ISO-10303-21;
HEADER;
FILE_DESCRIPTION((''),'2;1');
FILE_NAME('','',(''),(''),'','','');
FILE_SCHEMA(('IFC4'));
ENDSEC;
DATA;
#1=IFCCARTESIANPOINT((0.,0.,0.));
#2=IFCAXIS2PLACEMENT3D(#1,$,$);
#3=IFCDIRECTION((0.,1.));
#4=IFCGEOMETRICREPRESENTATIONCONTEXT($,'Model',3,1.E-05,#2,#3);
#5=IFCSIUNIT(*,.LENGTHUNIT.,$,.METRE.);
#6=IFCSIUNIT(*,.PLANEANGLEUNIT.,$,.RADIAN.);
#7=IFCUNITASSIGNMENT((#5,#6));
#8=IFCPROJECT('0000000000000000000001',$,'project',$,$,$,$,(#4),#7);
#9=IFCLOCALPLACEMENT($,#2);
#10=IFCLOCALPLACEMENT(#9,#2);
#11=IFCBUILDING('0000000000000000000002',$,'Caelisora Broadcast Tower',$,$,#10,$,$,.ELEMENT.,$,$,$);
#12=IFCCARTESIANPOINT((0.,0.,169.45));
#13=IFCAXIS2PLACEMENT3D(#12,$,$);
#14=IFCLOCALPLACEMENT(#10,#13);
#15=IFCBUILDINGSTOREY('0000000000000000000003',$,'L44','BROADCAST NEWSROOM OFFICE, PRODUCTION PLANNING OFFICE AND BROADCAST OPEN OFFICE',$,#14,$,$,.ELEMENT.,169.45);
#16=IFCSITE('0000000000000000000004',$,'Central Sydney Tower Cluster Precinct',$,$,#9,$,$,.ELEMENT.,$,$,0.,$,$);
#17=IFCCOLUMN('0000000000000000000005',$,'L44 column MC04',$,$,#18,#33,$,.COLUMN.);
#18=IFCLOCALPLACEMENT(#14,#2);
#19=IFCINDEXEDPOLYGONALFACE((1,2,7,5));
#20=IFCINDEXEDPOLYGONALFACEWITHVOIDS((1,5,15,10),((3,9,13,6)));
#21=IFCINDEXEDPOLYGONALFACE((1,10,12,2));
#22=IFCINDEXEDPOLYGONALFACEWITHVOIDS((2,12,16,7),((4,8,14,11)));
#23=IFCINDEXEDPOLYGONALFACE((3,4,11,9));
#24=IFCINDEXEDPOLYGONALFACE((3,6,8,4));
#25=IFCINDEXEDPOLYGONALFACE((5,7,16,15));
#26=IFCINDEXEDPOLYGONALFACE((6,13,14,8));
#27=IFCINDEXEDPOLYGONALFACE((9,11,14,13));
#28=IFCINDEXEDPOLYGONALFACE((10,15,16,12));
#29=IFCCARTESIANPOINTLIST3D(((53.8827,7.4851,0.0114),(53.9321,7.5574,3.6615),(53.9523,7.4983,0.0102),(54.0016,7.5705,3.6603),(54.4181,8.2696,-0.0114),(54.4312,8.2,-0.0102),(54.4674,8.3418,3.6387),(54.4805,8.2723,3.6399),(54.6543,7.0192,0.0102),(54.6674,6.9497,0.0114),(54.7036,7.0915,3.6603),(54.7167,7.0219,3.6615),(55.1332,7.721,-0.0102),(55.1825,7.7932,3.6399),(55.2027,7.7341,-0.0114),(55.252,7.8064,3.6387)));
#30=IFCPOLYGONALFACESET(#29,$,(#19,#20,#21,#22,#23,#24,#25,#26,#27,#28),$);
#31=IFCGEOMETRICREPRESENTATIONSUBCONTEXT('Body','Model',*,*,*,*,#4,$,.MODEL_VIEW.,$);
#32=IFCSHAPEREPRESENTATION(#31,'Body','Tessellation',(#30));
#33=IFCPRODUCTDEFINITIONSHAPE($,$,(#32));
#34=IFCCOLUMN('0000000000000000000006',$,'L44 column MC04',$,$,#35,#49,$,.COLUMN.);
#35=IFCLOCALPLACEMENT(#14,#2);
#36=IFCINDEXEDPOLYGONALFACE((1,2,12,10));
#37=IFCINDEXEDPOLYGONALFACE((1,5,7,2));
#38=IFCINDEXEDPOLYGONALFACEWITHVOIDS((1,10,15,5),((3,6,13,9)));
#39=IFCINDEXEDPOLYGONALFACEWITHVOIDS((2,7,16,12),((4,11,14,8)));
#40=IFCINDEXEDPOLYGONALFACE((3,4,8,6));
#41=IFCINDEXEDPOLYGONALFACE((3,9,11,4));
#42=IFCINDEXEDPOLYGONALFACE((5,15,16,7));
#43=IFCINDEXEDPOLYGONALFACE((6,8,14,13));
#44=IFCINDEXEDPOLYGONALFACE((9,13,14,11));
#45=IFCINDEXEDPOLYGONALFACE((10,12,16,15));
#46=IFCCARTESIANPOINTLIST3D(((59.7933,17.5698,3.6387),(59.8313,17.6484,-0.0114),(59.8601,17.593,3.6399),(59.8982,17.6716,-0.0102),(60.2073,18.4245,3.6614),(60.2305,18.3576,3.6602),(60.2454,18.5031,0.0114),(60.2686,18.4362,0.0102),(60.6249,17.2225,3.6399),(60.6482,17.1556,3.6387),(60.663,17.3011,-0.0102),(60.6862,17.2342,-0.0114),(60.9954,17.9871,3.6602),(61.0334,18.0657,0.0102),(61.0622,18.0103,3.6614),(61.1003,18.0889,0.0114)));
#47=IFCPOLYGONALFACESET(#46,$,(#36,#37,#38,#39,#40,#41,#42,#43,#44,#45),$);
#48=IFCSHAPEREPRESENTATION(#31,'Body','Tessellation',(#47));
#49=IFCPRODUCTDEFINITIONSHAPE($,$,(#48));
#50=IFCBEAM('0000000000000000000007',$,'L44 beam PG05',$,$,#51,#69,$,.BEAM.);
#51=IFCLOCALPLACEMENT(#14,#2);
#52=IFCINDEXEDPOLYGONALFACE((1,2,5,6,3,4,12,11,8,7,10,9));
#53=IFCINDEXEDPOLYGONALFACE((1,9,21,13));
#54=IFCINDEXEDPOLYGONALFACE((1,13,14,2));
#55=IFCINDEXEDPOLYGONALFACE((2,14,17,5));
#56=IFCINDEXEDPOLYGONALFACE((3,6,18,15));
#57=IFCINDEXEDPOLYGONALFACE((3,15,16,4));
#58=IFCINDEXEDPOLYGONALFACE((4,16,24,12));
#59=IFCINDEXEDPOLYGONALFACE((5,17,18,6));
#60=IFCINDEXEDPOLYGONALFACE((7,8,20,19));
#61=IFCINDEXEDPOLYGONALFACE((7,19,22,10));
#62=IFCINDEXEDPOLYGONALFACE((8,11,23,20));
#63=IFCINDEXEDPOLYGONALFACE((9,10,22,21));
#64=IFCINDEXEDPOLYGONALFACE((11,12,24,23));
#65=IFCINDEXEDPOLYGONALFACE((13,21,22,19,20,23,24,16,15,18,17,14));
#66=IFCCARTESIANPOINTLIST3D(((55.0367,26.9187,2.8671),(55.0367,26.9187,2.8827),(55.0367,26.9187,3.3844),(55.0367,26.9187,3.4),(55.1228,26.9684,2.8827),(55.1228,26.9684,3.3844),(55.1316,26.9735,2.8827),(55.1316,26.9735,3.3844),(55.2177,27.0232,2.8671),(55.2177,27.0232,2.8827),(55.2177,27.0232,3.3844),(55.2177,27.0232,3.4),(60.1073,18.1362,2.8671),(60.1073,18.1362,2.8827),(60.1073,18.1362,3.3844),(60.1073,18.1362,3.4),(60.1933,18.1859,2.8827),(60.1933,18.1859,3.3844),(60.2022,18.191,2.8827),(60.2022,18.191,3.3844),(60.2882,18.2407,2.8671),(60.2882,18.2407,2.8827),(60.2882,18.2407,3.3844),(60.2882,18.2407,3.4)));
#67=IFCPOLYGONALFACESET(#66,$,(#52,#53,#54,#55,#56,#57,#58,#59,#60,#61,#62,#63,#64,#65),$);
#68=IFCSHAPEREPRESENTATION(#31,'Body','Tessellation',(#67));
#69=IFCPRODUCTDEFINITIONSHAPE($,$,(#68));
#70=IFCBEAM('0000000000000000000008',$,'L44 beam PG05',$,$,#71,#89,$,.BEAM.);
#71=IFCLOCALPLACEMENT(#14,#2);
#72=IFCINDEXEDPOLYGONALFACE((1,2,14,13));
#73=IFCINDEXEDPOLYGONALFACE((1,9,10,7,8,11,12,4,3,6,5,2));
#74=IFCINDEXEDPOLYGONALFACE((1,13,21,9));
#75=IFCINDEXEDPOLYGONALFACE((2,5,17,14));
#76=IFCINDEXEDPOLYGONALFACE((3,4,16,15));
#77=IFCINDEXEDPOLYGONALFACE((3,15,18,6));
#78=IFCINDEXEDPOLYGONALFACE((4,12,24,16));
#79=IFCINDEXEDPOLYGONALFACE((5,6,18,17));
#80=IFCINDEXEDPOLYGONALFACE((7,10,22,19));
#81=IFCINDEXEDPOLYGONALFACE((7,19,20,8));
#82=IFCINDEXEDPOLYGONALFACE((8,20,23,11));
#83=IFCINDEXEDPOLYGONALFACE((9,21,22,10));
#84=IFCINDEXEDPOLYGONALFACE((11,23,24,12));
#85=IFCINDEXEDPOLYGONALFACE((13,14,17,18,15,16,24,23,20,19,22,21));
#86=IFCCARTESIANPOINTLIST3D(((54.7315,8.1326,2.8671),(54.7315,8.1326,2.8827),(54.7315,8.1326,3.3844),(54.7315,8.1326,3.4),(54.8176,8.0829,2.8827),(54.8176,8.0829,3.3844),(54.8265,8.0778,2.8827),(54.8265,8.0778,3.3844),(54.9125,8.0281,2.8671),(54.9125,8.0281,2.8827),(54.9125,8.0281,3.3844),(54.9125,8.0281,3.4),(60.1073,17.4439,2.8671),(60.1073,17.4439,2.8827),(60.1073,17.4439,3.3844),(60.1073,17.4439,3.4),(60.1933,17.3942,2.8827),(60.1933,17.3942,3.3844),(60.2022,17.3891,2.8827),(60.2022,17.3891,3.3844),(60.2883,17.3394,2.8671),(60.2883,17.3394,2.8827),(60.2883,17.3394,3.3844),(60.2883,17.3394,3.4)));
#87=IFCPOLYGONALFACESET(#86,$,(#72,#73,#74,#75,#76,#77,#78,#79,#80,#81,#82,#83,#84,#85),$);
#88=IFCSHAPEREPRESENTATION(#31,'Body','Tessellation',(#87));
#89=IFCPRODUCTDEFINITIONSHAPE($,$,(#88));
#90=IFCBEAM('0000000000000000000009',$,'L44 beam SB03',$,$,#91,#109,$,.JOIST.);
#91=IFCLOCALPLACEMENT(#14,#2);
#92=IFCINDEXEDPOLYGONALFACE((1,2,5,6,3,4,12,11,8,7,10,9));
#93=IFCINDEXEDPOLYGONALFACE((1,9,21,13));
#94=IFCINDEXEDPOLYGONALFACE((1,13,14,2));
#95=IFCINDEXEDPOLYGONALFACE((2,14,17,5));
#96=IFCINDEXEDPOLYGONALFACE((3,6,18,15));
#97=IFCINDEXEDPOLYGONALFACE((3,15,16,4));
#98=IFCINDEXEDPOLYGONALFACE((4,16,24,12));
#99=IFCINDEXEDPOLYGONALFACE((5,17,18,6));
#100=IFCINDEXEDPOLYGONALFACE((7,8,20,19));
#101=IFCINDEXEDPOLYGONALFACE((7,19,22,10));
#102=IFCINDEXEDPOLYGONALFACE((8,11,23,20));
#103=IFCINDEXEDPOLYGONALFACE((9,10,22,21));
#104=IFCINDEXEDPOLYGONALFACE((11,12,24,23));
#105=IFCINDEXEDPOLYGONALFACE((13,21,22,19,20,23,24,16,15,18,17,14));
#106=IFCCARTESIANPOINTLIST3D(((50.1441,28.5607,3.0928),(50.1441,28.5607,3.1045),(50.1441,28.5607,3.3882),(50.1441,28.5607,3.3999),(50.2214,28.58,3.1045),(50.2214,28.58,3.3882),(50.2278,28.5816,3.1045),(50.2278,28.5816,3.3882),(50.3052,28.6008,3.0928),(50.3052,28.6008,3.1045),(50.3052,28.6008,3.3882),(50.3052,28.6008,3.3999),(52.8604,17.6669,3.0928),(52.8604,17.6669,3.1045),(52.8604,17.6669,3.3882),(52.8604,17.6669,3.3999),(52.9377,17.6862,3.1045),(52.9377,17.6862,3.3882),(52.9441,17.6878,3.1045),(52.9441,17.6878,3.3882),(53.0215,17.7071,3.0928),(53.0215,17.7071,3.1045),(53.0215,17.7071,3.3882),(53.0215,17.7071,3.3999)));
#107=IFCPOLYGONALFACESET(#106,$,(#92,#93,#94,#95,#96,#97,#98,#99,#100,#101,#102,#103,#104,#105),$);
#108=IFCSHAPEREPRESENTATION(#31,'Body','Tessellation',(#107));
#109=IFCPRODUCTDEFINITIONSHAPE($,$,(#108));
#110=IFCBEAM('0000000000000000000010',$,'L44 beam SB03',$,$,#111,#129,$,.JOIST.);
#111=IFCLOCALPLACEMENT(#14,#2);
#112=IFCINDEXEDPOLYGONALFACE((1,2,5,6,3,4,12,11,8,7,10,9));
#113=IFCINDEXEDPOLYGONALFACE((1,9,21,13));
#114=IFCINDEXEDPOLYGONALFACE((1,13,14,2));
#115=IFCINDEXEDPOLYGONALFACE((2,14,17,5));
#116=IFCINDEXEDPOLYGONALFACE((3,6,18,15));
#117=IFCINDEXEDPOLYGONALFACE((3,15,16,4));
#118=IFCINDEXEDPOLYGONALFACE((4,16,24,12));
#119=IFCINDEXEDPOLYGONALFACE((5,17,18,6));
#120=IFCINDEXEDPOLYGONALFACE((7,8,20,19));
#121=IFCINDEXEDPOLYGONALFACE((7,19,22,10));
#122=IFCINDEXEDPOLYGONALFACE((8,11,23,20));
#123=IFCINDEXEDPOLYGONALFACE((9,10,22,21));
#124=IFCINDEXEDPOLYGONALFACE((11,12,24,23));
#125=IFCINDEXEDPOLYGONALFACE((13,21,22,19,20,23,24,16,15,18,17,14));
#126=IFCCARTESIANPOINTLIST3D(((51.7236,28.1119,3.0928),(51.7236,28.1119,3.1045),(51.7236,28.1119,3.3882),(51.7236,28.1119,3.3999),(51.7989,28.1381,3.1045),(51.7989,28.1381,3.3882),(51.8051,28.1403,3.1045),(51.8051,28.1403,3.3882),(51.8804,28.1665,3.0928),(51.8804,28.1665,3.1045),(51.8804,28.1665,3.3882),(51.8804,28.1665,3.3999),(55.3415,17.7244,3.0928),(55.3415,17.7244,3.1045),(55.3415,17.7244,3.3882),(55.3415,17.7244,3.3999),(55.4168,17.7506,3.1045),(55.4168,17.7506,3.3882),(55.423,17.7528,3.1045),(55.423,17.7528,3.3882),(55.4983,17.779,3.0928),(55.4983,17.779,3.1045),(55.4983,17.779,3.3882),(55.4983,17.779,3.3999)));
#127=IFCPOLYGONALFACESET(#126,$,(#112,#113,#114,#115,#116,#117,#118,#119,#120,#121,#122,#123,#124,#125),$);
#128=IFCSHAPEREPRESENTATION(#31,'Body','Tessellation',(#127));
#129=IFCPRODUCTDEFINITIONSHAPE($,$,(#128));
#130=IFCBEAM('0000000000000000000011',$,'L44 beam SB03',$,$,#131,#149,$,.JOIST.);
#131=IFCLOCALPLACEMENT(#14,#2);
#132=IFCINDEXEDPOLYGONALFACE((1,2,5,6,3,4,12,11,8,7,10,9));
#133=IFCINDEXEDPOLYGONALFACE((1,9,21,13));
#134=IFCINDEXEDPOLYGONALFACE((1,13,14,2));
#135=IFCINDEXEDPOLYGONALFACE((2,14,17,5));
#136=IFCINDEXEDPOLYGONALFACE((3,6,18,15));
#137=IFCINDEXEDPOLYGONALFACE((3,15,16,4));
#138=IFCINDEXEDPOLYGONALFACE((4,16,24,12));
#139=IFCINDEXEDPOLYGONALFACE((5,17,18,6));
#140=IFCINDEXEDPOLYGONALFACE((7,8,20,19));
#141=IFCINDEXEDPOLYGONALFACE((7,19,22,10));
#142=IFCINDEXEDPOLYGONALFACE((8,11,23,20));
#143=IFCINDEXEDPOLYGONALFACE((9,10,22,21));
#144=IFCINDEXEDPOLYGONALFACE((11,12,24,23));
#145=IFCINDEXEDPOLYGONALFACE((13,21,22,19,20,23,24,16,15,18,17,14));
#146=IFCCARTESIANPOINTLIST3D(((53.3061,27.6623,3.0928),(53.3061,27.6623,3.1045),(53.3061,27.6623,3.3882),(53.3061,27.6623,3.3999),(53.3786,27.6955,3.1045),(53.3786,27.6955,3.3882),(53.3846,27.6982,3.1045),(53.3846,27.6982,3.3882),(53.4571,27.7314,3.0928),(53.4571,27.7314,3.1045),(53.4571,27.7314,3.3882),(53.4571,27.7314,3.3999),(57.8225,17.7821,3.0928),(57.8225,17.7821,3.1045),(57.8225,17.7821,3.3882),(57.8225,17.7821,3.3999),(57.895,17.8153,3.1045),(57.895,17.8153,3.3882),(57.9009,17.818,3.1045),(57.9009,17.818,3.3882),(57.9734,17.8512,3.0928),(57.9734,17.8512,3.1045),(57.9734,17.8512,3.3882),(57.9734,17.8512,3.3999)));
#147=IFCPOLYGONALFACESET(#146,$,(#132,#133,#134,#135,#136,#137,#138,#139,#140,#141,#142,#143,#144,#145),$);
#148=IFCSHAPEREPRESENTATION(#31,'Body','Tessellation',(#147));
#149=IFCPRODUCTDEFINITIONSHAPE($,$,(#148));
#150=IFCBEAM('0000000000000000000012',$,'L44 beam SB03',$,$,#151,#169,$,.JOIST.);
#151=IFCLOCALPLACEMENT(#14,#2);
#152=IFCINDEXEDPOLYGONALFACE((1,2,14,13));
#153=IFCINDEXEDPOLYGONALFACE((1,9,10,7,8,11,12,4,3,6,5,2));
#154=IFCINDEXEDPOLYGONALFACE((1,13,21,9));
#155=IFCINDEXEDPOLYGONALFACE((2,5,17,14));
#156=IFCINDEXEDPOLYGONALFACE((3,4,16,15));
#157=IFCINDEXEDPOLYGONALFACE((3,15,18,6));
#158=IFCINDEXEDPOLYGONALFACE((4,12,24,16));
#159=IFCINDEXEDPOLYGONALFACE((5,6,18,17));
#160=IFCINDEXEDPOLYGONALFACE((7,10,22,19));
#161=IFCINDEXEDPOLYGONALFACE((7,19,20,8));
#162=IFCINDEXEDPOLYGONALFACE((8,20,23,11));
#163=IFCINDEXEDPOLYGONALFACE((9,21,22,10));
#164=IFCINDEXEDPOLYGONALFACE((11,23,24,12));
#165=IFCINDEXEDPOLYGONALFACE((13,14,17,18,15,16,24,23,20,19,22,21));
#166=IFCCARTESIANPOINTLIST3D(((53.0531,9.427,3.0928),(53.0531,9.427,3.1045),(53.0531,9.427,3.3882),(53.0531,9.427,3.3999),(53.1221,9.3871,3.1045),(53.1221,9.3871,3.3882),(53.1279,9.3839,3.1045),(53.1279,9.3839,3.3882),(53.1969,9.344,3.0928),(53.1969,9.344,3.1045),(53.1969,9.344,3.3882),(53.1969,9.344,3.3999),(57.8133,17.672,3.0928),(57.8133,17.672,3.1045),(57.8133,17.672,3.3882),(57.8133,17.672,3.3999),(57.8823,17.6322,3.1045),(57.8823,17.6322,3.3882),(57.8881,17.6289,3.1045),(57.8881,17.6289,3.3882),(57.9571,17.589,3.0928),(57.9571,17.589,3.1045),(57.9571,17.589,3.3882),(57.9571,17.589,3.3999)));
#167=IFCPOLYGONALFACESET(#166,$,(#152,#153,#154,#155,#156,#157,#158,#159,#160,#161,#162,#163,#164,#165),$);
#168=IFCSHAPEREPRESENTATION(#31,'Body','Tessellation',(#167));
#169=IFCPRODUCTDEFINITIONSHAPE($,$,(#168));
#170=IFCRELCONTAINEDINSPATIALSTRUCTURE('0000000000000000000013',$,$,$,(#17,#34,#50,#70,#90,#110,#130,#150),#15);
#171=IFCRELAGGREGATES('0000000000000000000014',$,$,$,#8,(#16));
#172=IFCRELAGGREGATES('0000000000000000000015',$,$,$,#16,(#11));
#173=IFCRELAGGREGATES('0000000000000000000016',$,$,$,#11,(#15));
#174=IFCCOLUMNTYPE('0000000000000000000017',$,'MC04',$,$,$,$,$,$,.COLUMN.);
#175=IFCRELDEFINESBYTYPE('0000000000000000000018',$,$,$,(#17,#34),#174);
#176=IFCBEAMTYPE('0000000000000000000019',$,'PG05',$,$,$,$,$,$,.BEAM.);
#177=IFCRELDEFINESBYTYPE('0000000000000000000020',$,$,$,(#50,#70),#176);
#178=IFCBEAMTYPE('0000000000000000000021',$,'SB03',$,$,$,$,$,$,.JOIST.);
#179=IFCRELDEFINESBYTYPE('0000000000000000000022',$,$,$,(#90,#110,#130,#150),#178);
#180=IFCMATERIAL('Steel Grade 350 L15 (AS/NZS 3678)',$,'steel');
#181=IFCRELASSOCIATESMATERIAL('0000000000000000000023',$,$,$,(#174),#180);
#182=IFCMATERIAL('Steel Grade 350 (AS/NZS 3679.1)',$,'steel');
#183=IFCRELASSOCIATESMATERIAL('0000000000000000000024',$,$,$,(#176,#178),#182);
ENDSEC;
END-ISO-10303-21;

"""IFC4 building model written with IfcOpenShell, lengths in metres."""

from ifc_helpers import new_model, si_unit, direction, frame, origin, origin_2d, place, context, subcontext, project, spatial, hollow_rectangle, i_section, extrude, source, transform, mapped, material, material_profile, profile_set, type_object, type_shapes, element, save


model = new_model("IFC4")

# Units and contexts
model_context = context("Model", 3, precision=1e-05, world=origin(), true_north=direction((0.0, 1.0)))
body_context = subcontext(model_context, "Body", "Model", "MODEL_VIEW")
ifc_project = project(units=[si_unit("LENGTHUNIT", "METRE"), si_unit("PLANEANGLEUNIT", "RADIAN")], contexts=[model_context])

# Site, building, storey
site_placement = place(None, origin())
site = spatial("IfcSite", under=ifc_project, at=site_placement, Name="Central Sydney Tower Cluster Precinct", CompositionType="ELEMENT", RefElevation=0.0)
building_placement = place(site_placement, origin())
building = spatial("IfcBuilding", under=site, at=building_placement, Name="Caelisora Broadcast Tower", CompositionType="ELEMENT")
storey_placement = place(building_placement, frame((0.0, 0.0, 169.45)))
storey = spatial("IfcBuildingStorey", under=building, at=storey_placement, Name="L44", Description="BROADCAST NEWSROOM OFFICE, PRODUCTION PLANNING OFFICE AND BROADCAST OPEN OFFICE", CompositionType="ELEMENT", Elevation=169.45)

# Columns
ifc_material_1 = material(Name="Steel Grade 350 L15 (AS/NZS 3678)", Category="steel")
ifc_material_profile_1 = material_profile(ifc_material_1, hollow_rectangle(XDim=0.95, YDim=0.95, WallThickness=0.05, at=origin_2d()), Name="Steel Grade 350 L15 (AS/NZS 3678)")
ifc_profile_set_1 = profile_set([ifc_material_profile_1], Name="Steel Grade 350 L15 (AS/NZS 3678)")
column_type = type_object("IfcColumnType", Name="MC04", PredefinedType="COLUMN", material=ifc_profile_set_1)
shared_shape_1 = source(origin(), body_context, "Body", "SweptSolid", [
    extrude(hollow_rectangle(XDim=0.95, YDim=0.95, WallThickness=0.05, at=origin_2d()), origin(), (0.0, 0.0, 1.0), 3.6511),
])
type_shapes(column_type, [shared_shape_1])
for number, where, z_axis, x_axis, name in (
    (1, (54.5427, 7.6096, 0.0), (0.013507, 0.019792, 0.999713), (-0.825991, 0.563683, 0.0), "L44 column MC04"),
    (2, (60.4658, 17.8687, 0.0), (-0.010431, -0.021531, 0.999714), (0.899947, -0.435999, 0.0), "L44 column MC04"),
):
    element("IfcColumn", number, at=place(storey_placement, frame(where, z_axis=z_axis, x_axis=x_axis)), inside=storey, type_object=column_type, Name=name, PredefinedType="COLUMN", context=body_context, shape_type="MappedRepresentation", body=[
        mapped(shared_shape_1, transform((0.0, 0.0, 0.0), scale=1.0)),
    ])

# Beams
ifc_material_2 = material(Name="Steel Grade 350 (AS/NZS 3679.1)", Category="steel")
ifc_material_profile_2 = material_profile(ifc_material_2, i_section(OverallWidth=0.209, OverallDepth=0.533, WebThickness=0.0103, FlangeThickness=0.0156, at=origin_2d()), Name="Steel Grade 350 (AS/NZS 3679.1)")
ifc_profile_set_2 = profile_set([ifc_material_profile_2], Name="Steel Grade 350 (AS/NZS 3679.1)")
beam_type_1 = type_object("IfcBeamType", Name="PG05", PredefinedType="BEAM", material=ifc_profile_set_2)
shared_shape_2 = source(origin(), body_context, "Body", "SweptSolid", [
    extrude(i_section(OverallWidth=0.209, OverallDepth=0.533, WebThickness=0.0103, FlangeThickness=0.0156, at=origin_2d()), origin(), (0.0, 0.0, 1.0), 10.1411),
])
beam_1_placement = place(storey_placement, frame((60.1978, 18.1885, 3.1335), z_axis=(-0.5, 0.866026, 0.0), x_axis=(-0.866026, -0.5, 0.0)))
element("IfcBeam", 3, at=beam_1_placement, inside=storey, type_object=beam_type_1, Name="L44 beam PG05", PredefinedType="BEAM", context=body_context, shape_type="MappedRepresentation", body=[
    mapped(shared_shape_2, transform((0.0, 0.0, 0.0), scale=1.0)),
])
shared_shape_3 = source(origin(), body_context, "Body", "SweptSolid", [
    extrude(i_section(OverallWidth=0.209, OverallDepth=0.533, WebThickness=0.0103, FlangeThickness=0.0156, at=origin_2d()), origin(), (0.0, 0.0, 1.0), 10.7517),
])
type_shapes(beam_type_1, [shared_shape_2, shared_shape_3])
beam_2_placement = place(storey_placement, frame((54.822, 8.0803, 3.1335), z_axis=(0.49999, 0.866031, 0.0), x_axis=(-0.866031, 0.49999, 0.0)))
element("IfcBeam", 4, at=beam_2_placement, inside=storey, type_object=beam_type_1, Name="L44 beam PG05", PredefinedType="BEAM", context=body_context, shape_type="MappedRepresentation", body=[
    mapped(shared_shape_3, transform((0.0, 0.0, 0.0), scale=1.0)),
])
ifc_material_profile_3 = material_profile(ifc_material_2, i_section(OverallWidth=0.166, OverallDepth=0.3071, WebThickness=0.0066, FlangeThickness=0.0117, at=origin_2d()), Name="Steel Grade 350 (AS/NZS 3679.1)")
ifc_profile_set_3 = profile_set([ifc_material_profile_3], Name="Steel Grade 350 (AS/NZS 3679.1)")
beam_type_2 = type_object("IfcBeamType", Name="SB03", PredefinedType="JOIST", material=ifc_profile_set_3)
shared_shape_4 = source(origin(), body_context, "Body", "SweptSolid", [
    extrude(i_section(OverallWidth=0.166, OverallDepth=0.3071, WebThickness=0.0066, FlangeThickness=0.0117, at=origin_2d()), origin(), (0.0, 0.0, 1.0), 11.2273),
])
beam_3_placement = place(storey_placement, frame((52.9409, 17.687, 3.2463), z_axis=(-0.241937, 0.970292, 0.0), x_axis=(-0.970292, -0.241937, 0.0)))
element("IfcBeam", 5, at=beam_3_placement, inside=storey, type_object=beam_type_2, Name="L44 beam SB03", PredefinedType="JOIST", context=body_context, shape_type="MappedRepresentation", body=[
    mapped(shared_shape_4, transform((0.0, 0.0, 0.0), scale=1.0)),
])
shared_shape_5 = source(origin(), body_context, "Body", "SweptSolid", [
    extrude(i_section(OverallWidth=0.166, OverallDepth=0.3071, WebThickness=0.0066, FlangeThickness=0.0117, at=origin_2d()), origin(), (0.0, 0.0, 1.0), 10.9995),
])
beam_4_placement = place(storey_placement, frame((55.4199, 17.7517, 3.2463), z_axis=(-0.328917, 0.944359, 0.0), x_axis=(-0.944359, -0.328917, 0.0)))
element("IfcBeam", 6, at=beam_4_placement, inside=storey, type_object=beam_type_2, Name="L44 beam SB03", PredefinedType="JOIST", context=body_context, shape_type="MappedRepresentation", body=[
    mapped(shared_shape_5, transform((0.0, 0.0, 0.0), scale=1.0)),
])
shared_shape_6 = source(origin(), body_context, "Body", "SweptSolid", [
    extrude(i_section(OverallWidth=0.166, OverallDepth=0.3071, WebThickness=0.0066, FlangeThickness=0.0117, at=origin_2d()), origin(), (0.0, 0.0, 1.0), 10.8635),
])
beam_5_placement = place(storey_placement, frame((57.8979, 17.8167, 3.2463), z_axis=(-0.415739, 0.909484, 0.0), x_axis=(-0.909484, -0.415739, 0.0)))
element("IfcBeam", 7, at=beam_5_placement, inside=storey, type_object=beam_type_2, Name="L44 beam SB03", PredefinedType="JOIST", context=body_context, shape_type="MappedRepresentation", body=[
    mapped(shared_shape_6, transform((0.0, 0.0, 0.0), scale=1.0)),
])
shared_shape_7 = source(origin(), body_context, "Body", "SweptSolid", [
    extrude(i_section(OverallWidth=0.166, OverallDepth=0.3071, WebThickness=0.0066, FlangeThickness=0.0117, at=origin_2d()), origin(), (0.0, 0.0, 1.0), 9.5205),
])
type_shapes(beam_type_2, [shared_shape_4, shared_shape_5, shared_shape_6, shared_shape_7])
beam_6_placement = place(storey_placement, frame((53.125, 9.3855, 3.2463), z_axis=(0.499995, 0.866028, 0.0), x_axis=(-0.866028, 0.499995, 0.0)))
element("IfcBeam", 8, at=beam_6_placement, inside=storey, type_object=beam_type_2, Name="L44 beam SB03", PredefinedType="JOIST", context=body_context, shape_type="MappedRepresentation", body=[
    mapped(shared_shape_7, transform((0.0, 0.0, 0.0), scale=1.0)),
])

save(model, "model.ifc")
